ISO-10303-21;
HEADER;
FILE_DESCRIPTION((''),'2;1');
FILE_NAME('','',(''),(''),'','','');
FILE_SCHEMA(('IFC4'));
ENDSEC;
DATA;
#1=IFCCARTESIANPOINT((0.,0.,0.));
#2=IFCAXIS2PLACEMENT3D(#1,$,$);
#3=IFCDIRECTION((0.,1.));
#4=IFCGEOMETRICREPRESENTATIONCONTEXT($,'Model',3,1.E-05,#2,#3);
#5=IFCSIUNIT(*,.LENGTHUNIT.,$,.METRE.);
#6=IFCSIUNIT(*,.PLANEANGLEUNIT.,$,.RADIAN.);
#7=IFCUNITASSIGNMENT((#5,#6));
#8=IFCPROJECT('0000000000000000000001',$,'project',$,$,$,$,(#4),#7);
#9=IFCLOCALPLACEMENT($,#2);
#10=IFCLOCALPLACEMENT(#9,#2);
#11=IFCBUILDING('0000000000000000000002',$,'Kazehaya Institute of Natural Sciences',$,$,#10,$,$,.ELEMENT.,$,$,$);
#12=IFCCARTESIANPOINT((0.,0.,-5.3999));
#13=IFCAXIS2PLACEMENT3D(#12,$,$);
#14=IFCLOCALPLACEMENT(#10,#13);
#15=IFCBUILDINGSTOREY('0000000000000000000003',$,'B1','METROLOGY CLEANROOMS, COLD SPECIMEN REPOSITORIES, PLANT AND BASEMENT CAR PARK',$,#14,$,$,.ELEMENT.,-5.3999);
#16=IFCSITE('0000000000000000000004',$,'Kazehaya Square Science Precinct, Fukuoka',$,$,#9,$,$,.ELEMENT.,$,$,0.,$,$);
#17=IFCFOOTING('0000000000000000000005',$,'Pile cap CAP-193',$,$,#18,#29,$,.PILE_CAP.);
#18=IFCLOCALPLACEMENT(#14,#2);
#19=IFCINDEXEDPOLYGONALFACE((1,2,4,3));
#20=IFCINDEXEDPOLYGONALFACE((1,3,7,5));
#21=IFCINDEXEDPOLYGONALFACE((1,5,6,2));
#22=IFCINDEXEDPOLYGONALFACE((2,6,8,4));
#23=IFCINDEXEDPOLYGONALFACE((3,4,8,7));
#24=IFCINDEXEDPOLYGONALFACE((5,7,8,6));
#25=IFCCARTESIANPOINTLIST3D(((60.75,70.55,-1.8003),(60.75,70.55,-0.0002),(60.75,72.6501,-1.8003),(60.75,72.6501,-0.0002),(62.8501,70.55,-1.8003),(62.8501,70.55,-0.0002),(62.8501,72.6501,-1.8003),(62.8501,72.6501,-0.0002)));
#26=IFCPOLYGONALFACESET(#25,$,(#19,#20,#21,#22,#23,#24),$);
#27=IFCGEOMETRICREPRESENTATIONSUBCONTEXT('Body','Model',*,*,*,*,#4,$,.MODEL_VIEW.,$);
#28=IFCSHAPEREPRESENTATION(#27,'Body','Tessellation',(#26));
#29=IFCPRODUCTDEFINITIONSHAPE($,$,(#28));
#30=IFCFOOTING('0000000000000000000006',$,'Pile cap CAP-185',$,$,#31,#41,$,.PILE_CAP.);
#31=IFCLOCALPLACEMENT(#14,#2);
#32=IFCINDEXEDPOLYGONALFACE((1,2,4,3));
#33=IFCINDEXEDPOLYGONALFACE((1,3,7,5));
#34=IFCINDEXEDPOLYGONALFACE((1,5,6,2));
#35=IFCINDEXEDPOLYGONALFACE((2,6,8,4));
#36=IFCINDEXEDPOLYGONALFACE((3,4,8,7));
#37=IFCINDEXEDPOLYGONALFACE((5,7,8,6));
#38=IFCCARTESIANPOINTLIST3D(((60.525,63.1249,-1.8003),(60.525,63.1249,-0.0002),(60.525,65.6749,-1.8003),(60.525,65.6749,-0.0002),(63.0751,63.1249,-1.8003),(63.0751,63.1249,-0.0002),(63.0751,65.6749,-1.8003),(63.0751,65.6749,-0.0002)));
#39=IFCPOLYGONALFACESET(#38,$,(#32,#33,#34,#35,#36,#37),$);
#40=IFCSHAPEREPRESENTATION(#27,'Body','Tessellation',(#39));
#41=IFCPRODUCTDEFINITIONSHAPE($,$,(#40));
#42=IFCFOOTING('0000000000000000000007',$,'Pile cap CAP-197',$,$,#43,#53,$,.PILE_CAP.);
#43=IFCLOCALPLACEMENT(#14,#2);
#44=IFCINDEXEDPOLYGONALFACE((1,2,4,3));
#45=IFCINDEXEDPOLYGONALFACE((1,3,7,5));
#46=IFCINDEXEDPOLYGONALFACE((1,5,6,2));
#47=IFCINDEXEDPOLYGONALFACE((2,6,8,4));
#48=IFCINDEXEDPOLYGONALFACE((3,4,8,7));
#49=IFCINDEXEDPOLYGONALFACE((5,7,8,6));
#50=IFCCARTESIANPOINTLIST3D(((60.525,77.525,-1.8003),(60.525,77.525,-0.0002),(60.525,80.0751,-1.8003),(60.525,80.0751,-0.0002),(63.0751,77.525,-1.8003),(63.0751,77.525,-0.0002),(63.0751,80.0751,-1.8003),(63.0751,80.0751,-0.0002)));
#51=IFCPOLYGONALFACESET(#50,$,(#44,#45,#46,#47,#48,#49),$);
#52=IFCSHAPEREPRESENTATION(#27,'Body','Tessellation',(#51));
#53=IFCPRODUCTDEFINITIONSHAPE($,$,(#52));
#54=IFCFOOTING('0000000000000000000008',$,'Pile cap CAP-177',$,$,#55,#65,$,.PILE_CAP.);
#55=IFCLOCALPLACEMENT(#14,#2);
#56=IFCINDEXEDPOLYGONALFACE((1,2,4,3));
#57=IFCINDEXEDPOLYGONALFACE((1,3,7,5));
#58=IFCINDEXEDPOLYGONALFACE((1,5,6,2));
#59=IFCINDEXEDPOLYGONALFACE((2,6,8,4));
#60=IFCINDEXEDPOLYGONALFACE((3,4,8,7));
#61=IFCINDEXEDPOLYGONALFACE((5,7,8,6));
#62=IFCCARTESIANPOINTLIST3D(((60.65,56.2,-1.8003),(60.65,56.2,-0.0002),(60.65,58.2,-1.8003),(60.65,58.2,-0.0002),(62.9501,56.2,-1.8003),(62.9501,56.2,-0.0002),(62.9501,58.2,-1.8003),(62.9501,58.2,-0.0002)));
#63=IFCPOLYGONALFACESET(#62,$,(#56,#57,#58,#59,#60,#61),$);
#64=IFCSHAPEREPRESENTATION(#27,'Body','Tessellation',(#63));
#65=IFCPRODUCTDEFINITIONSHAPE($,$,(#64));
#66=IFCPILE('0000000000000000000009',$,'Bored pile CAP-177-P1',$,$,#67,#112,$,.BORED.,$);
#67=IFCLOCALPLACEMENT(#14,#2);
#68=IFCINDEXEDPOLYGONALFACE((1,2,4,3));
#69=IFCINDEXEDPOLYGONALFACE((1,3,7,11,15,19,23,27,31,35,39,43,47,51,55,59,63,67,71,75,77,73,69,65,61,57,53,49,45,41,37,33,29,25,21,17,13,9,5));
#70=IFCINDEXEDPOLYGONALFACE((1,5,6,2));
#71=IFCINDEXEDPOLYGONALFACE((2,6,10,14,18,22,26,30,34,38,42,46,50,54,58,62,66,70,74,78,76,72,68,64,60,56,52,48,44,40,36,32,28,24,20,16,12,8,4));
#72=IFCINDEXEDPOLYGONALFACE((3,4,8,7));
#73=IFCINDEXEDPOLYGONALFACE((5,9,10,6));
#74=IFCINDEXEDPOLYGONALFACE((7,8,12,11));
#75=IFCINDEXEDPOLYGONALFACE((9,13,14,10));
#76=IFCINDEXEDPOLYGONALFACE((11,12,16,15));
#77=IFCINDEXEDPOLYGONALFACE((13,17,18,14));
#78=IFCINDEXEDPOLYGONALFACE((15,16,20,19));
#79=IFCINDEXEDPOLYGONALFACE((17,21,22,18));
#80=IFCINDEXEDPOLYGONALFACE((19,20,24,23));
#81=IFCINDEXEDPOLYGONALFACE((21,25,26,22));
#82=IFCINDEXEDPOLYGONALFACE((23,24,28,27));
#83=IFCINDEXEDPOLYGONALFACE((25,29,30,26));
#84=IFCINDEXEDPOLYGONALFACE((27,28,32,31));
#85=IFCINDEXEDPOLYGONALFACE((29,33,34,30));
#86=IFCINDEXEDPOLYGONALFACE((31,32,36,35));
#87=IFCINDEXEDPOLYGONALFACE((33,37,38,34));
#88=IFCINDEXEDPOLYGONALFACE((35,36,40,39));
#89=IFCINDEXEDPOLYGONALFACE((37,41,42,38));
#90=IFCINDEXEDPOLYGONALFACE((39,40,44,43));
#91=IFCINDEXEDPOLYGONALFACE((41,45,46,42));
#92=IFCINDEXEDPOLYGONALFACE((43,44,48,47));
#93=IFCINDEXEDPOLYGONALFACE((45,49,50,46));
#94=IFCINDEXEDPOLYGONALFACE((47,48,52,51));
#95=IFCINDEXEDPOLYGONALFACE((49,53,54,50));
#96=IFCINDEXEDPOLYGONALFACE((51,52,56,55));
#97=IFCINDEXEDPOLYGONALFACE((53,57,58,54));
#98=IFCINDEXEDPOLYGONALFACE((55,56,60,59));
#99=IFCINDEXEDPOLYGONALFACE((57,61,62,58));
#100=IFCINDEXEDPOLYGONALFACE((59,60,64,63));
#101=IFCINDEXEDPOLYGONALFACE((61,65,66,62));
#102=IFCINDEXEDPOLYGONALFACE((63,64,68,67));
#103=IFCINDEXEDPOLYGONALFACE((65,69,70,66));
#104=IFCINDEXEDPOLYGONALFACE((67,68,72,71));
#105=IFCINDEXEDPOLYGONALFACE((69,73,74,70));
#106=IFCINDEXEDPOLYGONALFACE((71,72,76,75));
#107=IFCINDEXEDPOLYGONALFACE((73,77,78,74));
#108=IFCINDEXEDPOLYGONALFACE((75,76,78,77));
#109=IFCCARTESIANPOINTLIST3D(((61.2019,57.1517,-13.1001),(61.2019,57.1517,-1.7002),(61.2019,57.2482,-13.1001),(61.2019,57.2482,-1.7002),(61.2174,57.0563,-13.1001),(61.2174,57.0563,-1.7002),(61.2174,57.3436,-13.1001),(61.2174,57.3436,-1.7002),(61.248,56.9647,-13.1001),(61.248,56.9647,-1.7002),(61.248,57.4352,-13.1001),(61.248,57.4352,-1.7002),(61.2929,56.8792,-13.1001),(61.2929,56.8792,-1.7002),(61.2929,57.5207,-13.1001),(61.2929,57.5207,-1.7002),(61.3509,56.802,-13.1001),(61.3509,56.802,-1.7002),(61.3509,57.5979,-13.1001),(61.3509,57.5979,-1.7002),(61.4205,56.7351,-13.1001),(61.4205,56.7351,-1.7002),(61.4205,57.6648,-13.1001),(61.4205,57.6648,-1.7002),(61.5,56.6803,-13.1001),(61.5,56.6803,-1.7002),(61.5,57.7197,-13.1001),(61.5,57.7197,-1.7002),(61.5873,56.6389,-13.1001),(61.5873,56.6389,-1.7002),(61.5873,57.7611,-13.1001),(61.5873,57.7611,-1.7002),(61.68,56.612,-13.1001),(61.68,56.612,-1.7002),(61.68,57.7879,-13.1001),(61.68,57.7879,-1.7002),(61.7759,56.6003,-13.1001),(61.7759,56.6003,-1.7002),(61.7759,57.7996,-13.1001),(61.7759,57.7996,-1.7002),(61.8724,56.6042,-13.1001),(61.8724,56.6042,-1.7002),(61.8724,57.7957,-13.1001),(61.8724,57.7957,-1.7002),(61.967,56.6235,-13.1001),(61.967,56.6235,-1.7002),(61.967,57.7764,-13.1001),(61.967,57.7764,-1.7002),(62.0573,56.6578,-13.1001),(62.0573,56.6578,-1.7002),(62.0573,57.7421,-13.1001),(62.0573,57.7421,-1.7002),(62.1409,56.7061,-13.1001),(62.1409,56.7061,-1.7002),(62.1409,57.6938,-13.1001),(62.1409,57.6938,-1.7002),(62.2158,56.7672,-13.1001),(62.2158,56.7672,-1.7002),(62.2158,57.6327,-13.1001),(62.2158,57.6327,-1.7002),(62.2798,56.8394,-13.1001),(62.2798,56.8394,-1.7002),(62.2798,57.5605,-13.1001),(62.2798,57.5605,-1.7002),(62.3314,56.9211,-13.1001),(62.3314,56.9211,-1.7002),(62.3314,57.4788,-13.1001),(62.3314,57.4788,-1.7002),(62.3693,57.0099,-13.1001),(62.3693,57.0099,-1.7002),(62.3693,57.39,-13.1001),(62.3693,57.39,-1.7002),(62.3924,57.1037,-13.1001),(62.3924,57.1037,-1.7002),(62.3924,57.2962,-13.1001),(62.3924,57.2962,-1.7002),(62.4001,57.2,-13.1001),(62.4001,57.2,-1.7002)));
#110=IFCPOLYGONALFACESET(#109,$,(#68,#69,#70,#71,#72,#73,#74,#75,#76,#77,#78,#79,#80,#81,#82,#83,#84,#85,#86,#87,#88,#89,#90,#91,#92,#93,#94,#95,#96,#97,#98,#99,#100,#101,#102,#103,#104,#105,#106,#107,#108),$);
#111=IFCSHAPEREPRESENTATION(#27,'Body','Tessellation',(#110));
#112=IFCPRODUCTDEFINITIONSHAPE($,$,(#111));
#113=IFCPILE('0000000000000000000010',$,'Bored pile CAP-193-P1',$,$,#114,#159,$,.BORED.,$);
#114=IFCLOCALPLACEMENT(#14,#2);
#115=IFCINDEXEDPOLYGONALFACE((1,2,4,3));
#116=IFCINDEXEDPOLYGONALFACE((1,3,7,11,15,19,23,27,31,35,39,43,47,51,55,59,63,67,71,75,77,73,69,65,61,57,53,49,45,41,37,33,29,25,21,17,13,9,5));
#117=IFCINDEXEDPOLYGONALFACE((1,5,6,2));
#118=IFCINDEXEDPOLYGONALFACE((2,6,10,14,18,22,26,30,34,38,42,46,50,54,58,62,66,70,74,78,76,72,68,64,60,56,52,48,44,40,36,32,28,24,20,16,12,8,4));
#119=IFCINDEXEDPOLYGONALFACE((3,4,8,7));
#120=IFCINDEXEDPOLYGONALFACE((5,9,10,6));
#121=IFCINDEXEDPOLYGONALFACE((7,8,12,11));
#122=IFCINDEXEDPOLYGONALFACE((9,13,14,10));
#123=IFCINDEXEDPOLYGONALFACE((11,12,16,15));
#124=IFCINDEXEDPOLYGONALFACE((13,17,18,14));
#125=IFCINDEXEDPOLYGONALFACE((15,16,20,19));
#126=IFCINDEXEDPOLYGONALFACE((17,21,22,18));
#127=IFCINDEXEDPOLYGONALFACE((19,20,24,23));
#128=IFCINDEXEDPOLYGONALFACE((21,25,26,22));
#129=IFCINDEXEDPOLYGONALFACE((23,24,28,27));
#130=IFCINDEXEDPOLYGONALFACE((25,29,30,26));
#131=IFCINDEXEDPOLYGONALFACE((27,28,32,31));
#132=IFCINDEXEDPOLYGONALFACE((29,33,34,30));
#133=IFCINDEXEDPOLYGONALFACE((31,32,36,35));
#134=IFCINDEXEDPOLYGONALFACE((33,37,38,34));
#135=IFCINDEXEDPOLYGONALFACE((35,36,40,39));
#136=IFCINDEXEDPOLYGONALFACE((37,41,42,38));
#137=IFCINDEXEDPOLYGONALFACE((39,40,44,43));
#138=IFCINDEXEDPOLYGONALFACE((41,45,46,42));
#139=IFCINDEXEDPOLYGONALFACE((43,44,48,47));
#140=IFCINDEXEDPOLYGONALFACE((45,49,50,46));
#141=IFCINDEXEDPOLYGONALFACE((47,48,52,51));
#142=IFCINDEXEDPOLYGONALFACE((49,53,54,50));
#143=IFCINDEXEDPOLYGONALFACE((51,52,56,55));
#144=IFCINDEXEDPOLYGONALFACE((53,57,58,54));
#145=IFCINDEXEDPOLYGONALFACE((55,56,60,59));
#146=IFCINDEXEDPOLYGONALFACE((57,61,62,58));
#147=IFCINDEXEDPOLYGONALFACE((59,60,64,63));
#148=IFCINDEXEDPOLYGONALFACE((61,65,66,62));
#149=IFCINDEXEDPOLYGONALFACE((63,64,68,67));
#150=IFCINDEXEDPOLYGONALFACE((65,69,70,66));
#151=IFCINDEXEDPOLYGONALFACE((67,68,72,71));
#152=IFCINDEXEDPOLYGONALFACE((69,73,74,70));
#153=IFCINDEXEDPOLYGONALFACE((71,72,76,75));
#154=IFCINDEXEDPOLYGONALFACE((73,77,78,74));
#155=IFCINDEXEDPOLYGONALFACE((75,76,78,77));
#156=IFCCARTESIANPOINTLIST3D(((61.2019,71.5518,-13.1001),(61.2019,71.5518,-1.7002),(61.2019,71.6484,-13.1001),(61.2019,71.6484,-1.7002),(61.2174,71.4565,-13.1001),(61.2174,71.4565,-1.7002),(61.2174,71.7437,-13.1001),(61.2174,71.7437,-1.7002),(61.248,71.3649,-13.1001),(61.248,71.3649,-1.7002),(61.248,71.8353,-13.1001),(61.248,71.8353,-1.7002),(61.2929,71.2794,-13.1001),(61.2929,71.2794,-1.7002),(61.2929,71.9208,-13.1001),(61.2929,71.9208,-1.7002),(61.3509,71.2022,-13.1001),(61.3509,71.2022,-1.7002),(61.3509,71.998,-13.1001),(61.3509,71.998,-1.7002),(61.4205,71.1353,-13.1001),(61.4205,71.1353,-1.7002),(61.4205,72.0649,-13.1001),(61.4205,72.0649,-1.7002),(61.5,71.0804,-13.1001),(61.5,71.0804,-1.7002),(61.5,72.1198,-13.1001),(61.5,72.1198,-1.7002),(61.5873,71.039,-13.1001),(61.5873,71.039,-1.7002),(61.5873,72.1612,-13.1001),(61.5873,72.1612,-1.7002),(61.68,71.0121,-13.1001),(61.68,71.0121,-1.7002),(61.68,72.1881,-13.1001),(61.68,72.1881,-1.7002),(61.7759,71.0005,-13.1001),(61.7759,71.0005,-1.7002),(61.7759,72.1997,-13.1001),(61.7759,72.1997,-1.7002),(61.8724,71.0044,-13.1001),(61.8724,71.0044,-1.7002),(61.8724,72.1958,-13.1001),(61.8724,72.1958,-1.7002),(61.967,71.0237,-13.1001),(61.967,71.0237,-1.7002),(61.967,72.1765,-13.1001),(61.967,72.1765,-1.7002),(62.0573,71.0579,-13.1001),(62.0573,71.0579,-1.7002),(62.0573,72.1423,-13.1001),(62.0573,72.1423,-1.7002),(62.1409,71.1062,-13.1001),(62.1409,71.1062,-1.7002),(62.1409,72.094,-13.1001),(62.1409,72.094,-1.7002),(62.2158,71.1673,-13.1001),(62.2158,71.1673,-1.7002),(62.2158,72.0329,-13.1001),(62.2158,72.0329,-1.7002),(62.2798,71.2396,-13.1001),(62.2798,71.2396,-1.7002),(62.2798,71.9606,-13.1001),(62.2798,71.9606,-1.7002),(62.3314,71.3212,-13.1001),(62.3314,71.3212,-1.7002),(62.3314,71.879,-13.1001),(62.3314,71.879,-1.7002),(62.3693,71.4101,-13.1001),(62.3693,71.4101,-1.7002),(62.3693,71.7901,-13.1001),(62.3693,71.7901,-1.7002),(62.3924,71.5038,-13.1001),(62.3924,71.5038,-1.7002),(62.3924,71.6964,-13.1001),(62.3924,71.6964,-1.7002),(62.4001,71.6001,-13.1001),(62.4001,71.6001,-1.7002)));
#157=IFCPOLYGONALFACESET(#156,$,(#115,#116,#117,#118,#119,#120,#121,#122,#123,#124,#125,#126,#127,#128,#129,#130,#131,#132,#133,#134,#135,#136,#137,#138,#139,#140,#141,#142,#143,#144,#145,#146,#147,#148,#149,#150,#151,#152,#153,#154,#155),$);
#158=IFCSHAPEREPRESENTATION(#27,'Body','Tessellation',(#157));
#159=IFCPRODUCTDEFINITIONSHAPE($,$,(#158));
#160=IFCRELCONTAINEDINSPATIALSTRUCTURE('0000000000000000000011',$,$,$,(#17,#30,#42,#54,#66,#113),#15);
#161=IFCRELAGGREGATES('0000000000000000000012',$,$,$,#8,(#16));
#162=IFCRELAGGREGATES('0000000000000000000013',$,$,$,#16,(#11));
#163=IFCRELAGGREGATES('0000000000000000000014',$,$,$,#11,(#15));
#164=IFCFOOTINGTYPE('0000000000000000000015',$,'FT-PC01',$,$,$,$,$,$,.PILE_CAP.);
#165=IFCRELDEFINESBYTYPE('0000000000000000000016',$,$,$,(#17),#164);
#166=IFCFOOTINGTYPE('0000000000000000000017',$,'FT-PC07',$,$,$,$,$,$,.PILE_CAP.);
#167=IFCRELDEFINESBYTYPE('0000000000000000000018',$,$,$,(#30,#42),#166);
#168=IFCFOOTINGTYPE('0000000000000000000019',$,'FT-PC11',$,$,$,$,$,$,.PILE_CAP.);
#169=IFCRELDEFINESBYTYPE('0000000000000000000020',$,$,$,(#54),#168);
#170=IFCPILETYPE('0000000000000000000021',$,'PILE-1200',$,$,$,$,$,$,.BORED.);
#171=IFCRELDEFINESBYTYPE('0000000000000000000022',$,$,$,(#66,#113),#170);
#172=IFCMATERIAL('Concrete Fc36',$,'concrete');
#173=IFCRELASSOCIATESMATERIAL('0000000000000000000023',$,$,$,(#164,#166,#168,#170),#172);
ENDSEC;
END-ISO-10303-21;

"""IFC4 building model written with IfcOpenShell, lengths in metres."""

from ifc_helpers import new_model, si_unit, direction, frame, origin, origin_2d, place, context, subcontext, project, spatial, rectangle, circle, extrude, material, material_profile, profile_set, type_object, element, save


model = new_model("IFC4")

# Units and contexts
model_context = context("Model", 3, precision=1e-05, world=origin(), true_north=direction((0.0, 1.0)))
body_context = subcontext(model_context, "Body", "Model", "MODEL_VIEW")
ifc_project = project(units=[si_unit("LENGTHUNIT", "METRE"), si_unit("PLANEANGLEUNIT", "RADIAN")], contexts=[model_context])

# Site, building, storey
site_placement = place(None, origin())
site = spatial("IfcSite", under=ifc_project, at=site_placement, Name="Kazehaya Square Science Precinct, Fukuoka", CompositionType="ELEMENT", RefElevation=0.0)
building_placement = place(site_placement, origin())
building = spatial("IfcBuilding", under=site, at=building_placement, Name="Kazehaya Institute of Natural Sciences", CompositionType="ELEMENT")
storey_placement = place(building_placement, frame((0.0, 0.0, -5.3999)))
storey = spatial("IfcBuildingStorey", under=building, at=storey_placement, Name="B1", Description="METROLOGY CLEANROOMS, COLD SPECIMEN REPOSITORIES, PLANT AND BASEMENT CAR PARK", CompositionType="ELEMENT", Elevation=-5.3999)

# Footings
ifc_material_1 = material(Name="Concrete Fc36", Category="concrete")
footing_type_1 = type_object("IfcFootingType", Name="FT-PC01", PredefinedType="PILE_CAP", material=ifc_material_1)
footing_1_placement = place(storey_placement, frame((61.8, 71.6001, -1.8003), z_axis=(0.0, 0.0, 1.0), x_axis=(1.0, 0.0, 0.0)))
element("IfcFooting", 1, at=footing_1_placement, inside=storey, type_object=footing_type_1, Name="Pile cap CAP-193", PredefinedType="PILE_CAP", context=body_context, shape_type="SweptSolid", body=[
    extrude(rectangle(XDim=2.1001, YDim=2.1001, at=origin_2d()), origin(), (0.0, 0.0, 1.0), 1.8),
])
footing_type_2 = type_object("IfcFootingType", Name="FT-PC07", PredefinedType="PILE_CAP", material=ifc_material_1)
for number, where, z_axis, x_axis, name in (
    (2, (61.8, 64.3999, -1.8003), (0.0, 0.0, 1.0), (1.0, 0.0, 0.0), "Pile cap CAP-185"),
    (3, (61.8, 78.8, -1.8003), (0.0, 0.0, 1.0), (1.0, 0.0, 0.0), "Pile cap CAP-197"),
):
    element("IfcFooting", number, at=place(storey_placement, frame(where, z_axis=z_axis, x_axis=x_axis)), inside=storey, type_object=footing_type_2, Name=name, PredefinedType="PILE_CAP", context=body_context, shape_type="SweptSolid", body=[
        extrude(rectangle(XDim=2.55, YDim=2.55, at=origin_2d()), origin(), (0.0, 0.0, 1.0), 1.8),
    ])
footing_type_3 = type_object("IfcFootingType", Name="FT-PC11", PredefinedType="PILE_CAP", material=ifc_material_1)
footing_2_placement = place(storey_placement, frame((61.8, 57.2, -1.8003), z_axis=(0.0, 0.0, 1.0), x_axis=(1.0, 0.0, 0.0)))
element("IfcFooting", 4, at=footing_2_placement, inside=storey, type_object=footing_type_3, Name="Pile cap CAP-177", PredefinedType="PILE_CAP", context=body_context, shape_type="SweptSolid", body=[
    extrude(rectangle(XDim=2.3, YDim=2.0, at=origin_2d()), origin(), (0.0, 0.0, 1.0), 1.8),
])

# Piles
ifc_material_profile_1 = material_profile(ifc_material_1, circle(Radius=0.6001, at=origin_2d()), Name="PILE-1200")
ifc_profile_set_1 = profile_set([ifc_material_profile_1], Name="Concrete Fc36")
pile_type_1 = type_object("IfcPileType", Name="PILE-1200", PredefinedType="BORED", material=ifc_profile_set_1)
for number, where, z_axis, x_axis, name in (
    (5, (61.8, 57.2, -1.7002), (0.0, 0.0, -1.0), (1.0, 0.0, 0.0), "Bored pile CAP-177-P1"),
    (6, (61.8, 71.6001, -1.7002), (0.0, 0.0, -1.0), (1.0, 0.0, 0.0), "Bored pile CAP-193-P1"),
):
    element("IfcPile", number, at=place(storey_placement, frame(where, z_axis=z_axis, x_axis=x_axis)), inside=storey, type_object=pile_type_1, Name=name, PredefinedType="BORED", context=body_context, shape_type="SweptSolid", body=[
        extrude(circle(Radius=0.6001, at=origin_2d()), origin(), (0.0, 0.0, 1.0), 11.3999),
    ])

save(model, "model.ifc")
